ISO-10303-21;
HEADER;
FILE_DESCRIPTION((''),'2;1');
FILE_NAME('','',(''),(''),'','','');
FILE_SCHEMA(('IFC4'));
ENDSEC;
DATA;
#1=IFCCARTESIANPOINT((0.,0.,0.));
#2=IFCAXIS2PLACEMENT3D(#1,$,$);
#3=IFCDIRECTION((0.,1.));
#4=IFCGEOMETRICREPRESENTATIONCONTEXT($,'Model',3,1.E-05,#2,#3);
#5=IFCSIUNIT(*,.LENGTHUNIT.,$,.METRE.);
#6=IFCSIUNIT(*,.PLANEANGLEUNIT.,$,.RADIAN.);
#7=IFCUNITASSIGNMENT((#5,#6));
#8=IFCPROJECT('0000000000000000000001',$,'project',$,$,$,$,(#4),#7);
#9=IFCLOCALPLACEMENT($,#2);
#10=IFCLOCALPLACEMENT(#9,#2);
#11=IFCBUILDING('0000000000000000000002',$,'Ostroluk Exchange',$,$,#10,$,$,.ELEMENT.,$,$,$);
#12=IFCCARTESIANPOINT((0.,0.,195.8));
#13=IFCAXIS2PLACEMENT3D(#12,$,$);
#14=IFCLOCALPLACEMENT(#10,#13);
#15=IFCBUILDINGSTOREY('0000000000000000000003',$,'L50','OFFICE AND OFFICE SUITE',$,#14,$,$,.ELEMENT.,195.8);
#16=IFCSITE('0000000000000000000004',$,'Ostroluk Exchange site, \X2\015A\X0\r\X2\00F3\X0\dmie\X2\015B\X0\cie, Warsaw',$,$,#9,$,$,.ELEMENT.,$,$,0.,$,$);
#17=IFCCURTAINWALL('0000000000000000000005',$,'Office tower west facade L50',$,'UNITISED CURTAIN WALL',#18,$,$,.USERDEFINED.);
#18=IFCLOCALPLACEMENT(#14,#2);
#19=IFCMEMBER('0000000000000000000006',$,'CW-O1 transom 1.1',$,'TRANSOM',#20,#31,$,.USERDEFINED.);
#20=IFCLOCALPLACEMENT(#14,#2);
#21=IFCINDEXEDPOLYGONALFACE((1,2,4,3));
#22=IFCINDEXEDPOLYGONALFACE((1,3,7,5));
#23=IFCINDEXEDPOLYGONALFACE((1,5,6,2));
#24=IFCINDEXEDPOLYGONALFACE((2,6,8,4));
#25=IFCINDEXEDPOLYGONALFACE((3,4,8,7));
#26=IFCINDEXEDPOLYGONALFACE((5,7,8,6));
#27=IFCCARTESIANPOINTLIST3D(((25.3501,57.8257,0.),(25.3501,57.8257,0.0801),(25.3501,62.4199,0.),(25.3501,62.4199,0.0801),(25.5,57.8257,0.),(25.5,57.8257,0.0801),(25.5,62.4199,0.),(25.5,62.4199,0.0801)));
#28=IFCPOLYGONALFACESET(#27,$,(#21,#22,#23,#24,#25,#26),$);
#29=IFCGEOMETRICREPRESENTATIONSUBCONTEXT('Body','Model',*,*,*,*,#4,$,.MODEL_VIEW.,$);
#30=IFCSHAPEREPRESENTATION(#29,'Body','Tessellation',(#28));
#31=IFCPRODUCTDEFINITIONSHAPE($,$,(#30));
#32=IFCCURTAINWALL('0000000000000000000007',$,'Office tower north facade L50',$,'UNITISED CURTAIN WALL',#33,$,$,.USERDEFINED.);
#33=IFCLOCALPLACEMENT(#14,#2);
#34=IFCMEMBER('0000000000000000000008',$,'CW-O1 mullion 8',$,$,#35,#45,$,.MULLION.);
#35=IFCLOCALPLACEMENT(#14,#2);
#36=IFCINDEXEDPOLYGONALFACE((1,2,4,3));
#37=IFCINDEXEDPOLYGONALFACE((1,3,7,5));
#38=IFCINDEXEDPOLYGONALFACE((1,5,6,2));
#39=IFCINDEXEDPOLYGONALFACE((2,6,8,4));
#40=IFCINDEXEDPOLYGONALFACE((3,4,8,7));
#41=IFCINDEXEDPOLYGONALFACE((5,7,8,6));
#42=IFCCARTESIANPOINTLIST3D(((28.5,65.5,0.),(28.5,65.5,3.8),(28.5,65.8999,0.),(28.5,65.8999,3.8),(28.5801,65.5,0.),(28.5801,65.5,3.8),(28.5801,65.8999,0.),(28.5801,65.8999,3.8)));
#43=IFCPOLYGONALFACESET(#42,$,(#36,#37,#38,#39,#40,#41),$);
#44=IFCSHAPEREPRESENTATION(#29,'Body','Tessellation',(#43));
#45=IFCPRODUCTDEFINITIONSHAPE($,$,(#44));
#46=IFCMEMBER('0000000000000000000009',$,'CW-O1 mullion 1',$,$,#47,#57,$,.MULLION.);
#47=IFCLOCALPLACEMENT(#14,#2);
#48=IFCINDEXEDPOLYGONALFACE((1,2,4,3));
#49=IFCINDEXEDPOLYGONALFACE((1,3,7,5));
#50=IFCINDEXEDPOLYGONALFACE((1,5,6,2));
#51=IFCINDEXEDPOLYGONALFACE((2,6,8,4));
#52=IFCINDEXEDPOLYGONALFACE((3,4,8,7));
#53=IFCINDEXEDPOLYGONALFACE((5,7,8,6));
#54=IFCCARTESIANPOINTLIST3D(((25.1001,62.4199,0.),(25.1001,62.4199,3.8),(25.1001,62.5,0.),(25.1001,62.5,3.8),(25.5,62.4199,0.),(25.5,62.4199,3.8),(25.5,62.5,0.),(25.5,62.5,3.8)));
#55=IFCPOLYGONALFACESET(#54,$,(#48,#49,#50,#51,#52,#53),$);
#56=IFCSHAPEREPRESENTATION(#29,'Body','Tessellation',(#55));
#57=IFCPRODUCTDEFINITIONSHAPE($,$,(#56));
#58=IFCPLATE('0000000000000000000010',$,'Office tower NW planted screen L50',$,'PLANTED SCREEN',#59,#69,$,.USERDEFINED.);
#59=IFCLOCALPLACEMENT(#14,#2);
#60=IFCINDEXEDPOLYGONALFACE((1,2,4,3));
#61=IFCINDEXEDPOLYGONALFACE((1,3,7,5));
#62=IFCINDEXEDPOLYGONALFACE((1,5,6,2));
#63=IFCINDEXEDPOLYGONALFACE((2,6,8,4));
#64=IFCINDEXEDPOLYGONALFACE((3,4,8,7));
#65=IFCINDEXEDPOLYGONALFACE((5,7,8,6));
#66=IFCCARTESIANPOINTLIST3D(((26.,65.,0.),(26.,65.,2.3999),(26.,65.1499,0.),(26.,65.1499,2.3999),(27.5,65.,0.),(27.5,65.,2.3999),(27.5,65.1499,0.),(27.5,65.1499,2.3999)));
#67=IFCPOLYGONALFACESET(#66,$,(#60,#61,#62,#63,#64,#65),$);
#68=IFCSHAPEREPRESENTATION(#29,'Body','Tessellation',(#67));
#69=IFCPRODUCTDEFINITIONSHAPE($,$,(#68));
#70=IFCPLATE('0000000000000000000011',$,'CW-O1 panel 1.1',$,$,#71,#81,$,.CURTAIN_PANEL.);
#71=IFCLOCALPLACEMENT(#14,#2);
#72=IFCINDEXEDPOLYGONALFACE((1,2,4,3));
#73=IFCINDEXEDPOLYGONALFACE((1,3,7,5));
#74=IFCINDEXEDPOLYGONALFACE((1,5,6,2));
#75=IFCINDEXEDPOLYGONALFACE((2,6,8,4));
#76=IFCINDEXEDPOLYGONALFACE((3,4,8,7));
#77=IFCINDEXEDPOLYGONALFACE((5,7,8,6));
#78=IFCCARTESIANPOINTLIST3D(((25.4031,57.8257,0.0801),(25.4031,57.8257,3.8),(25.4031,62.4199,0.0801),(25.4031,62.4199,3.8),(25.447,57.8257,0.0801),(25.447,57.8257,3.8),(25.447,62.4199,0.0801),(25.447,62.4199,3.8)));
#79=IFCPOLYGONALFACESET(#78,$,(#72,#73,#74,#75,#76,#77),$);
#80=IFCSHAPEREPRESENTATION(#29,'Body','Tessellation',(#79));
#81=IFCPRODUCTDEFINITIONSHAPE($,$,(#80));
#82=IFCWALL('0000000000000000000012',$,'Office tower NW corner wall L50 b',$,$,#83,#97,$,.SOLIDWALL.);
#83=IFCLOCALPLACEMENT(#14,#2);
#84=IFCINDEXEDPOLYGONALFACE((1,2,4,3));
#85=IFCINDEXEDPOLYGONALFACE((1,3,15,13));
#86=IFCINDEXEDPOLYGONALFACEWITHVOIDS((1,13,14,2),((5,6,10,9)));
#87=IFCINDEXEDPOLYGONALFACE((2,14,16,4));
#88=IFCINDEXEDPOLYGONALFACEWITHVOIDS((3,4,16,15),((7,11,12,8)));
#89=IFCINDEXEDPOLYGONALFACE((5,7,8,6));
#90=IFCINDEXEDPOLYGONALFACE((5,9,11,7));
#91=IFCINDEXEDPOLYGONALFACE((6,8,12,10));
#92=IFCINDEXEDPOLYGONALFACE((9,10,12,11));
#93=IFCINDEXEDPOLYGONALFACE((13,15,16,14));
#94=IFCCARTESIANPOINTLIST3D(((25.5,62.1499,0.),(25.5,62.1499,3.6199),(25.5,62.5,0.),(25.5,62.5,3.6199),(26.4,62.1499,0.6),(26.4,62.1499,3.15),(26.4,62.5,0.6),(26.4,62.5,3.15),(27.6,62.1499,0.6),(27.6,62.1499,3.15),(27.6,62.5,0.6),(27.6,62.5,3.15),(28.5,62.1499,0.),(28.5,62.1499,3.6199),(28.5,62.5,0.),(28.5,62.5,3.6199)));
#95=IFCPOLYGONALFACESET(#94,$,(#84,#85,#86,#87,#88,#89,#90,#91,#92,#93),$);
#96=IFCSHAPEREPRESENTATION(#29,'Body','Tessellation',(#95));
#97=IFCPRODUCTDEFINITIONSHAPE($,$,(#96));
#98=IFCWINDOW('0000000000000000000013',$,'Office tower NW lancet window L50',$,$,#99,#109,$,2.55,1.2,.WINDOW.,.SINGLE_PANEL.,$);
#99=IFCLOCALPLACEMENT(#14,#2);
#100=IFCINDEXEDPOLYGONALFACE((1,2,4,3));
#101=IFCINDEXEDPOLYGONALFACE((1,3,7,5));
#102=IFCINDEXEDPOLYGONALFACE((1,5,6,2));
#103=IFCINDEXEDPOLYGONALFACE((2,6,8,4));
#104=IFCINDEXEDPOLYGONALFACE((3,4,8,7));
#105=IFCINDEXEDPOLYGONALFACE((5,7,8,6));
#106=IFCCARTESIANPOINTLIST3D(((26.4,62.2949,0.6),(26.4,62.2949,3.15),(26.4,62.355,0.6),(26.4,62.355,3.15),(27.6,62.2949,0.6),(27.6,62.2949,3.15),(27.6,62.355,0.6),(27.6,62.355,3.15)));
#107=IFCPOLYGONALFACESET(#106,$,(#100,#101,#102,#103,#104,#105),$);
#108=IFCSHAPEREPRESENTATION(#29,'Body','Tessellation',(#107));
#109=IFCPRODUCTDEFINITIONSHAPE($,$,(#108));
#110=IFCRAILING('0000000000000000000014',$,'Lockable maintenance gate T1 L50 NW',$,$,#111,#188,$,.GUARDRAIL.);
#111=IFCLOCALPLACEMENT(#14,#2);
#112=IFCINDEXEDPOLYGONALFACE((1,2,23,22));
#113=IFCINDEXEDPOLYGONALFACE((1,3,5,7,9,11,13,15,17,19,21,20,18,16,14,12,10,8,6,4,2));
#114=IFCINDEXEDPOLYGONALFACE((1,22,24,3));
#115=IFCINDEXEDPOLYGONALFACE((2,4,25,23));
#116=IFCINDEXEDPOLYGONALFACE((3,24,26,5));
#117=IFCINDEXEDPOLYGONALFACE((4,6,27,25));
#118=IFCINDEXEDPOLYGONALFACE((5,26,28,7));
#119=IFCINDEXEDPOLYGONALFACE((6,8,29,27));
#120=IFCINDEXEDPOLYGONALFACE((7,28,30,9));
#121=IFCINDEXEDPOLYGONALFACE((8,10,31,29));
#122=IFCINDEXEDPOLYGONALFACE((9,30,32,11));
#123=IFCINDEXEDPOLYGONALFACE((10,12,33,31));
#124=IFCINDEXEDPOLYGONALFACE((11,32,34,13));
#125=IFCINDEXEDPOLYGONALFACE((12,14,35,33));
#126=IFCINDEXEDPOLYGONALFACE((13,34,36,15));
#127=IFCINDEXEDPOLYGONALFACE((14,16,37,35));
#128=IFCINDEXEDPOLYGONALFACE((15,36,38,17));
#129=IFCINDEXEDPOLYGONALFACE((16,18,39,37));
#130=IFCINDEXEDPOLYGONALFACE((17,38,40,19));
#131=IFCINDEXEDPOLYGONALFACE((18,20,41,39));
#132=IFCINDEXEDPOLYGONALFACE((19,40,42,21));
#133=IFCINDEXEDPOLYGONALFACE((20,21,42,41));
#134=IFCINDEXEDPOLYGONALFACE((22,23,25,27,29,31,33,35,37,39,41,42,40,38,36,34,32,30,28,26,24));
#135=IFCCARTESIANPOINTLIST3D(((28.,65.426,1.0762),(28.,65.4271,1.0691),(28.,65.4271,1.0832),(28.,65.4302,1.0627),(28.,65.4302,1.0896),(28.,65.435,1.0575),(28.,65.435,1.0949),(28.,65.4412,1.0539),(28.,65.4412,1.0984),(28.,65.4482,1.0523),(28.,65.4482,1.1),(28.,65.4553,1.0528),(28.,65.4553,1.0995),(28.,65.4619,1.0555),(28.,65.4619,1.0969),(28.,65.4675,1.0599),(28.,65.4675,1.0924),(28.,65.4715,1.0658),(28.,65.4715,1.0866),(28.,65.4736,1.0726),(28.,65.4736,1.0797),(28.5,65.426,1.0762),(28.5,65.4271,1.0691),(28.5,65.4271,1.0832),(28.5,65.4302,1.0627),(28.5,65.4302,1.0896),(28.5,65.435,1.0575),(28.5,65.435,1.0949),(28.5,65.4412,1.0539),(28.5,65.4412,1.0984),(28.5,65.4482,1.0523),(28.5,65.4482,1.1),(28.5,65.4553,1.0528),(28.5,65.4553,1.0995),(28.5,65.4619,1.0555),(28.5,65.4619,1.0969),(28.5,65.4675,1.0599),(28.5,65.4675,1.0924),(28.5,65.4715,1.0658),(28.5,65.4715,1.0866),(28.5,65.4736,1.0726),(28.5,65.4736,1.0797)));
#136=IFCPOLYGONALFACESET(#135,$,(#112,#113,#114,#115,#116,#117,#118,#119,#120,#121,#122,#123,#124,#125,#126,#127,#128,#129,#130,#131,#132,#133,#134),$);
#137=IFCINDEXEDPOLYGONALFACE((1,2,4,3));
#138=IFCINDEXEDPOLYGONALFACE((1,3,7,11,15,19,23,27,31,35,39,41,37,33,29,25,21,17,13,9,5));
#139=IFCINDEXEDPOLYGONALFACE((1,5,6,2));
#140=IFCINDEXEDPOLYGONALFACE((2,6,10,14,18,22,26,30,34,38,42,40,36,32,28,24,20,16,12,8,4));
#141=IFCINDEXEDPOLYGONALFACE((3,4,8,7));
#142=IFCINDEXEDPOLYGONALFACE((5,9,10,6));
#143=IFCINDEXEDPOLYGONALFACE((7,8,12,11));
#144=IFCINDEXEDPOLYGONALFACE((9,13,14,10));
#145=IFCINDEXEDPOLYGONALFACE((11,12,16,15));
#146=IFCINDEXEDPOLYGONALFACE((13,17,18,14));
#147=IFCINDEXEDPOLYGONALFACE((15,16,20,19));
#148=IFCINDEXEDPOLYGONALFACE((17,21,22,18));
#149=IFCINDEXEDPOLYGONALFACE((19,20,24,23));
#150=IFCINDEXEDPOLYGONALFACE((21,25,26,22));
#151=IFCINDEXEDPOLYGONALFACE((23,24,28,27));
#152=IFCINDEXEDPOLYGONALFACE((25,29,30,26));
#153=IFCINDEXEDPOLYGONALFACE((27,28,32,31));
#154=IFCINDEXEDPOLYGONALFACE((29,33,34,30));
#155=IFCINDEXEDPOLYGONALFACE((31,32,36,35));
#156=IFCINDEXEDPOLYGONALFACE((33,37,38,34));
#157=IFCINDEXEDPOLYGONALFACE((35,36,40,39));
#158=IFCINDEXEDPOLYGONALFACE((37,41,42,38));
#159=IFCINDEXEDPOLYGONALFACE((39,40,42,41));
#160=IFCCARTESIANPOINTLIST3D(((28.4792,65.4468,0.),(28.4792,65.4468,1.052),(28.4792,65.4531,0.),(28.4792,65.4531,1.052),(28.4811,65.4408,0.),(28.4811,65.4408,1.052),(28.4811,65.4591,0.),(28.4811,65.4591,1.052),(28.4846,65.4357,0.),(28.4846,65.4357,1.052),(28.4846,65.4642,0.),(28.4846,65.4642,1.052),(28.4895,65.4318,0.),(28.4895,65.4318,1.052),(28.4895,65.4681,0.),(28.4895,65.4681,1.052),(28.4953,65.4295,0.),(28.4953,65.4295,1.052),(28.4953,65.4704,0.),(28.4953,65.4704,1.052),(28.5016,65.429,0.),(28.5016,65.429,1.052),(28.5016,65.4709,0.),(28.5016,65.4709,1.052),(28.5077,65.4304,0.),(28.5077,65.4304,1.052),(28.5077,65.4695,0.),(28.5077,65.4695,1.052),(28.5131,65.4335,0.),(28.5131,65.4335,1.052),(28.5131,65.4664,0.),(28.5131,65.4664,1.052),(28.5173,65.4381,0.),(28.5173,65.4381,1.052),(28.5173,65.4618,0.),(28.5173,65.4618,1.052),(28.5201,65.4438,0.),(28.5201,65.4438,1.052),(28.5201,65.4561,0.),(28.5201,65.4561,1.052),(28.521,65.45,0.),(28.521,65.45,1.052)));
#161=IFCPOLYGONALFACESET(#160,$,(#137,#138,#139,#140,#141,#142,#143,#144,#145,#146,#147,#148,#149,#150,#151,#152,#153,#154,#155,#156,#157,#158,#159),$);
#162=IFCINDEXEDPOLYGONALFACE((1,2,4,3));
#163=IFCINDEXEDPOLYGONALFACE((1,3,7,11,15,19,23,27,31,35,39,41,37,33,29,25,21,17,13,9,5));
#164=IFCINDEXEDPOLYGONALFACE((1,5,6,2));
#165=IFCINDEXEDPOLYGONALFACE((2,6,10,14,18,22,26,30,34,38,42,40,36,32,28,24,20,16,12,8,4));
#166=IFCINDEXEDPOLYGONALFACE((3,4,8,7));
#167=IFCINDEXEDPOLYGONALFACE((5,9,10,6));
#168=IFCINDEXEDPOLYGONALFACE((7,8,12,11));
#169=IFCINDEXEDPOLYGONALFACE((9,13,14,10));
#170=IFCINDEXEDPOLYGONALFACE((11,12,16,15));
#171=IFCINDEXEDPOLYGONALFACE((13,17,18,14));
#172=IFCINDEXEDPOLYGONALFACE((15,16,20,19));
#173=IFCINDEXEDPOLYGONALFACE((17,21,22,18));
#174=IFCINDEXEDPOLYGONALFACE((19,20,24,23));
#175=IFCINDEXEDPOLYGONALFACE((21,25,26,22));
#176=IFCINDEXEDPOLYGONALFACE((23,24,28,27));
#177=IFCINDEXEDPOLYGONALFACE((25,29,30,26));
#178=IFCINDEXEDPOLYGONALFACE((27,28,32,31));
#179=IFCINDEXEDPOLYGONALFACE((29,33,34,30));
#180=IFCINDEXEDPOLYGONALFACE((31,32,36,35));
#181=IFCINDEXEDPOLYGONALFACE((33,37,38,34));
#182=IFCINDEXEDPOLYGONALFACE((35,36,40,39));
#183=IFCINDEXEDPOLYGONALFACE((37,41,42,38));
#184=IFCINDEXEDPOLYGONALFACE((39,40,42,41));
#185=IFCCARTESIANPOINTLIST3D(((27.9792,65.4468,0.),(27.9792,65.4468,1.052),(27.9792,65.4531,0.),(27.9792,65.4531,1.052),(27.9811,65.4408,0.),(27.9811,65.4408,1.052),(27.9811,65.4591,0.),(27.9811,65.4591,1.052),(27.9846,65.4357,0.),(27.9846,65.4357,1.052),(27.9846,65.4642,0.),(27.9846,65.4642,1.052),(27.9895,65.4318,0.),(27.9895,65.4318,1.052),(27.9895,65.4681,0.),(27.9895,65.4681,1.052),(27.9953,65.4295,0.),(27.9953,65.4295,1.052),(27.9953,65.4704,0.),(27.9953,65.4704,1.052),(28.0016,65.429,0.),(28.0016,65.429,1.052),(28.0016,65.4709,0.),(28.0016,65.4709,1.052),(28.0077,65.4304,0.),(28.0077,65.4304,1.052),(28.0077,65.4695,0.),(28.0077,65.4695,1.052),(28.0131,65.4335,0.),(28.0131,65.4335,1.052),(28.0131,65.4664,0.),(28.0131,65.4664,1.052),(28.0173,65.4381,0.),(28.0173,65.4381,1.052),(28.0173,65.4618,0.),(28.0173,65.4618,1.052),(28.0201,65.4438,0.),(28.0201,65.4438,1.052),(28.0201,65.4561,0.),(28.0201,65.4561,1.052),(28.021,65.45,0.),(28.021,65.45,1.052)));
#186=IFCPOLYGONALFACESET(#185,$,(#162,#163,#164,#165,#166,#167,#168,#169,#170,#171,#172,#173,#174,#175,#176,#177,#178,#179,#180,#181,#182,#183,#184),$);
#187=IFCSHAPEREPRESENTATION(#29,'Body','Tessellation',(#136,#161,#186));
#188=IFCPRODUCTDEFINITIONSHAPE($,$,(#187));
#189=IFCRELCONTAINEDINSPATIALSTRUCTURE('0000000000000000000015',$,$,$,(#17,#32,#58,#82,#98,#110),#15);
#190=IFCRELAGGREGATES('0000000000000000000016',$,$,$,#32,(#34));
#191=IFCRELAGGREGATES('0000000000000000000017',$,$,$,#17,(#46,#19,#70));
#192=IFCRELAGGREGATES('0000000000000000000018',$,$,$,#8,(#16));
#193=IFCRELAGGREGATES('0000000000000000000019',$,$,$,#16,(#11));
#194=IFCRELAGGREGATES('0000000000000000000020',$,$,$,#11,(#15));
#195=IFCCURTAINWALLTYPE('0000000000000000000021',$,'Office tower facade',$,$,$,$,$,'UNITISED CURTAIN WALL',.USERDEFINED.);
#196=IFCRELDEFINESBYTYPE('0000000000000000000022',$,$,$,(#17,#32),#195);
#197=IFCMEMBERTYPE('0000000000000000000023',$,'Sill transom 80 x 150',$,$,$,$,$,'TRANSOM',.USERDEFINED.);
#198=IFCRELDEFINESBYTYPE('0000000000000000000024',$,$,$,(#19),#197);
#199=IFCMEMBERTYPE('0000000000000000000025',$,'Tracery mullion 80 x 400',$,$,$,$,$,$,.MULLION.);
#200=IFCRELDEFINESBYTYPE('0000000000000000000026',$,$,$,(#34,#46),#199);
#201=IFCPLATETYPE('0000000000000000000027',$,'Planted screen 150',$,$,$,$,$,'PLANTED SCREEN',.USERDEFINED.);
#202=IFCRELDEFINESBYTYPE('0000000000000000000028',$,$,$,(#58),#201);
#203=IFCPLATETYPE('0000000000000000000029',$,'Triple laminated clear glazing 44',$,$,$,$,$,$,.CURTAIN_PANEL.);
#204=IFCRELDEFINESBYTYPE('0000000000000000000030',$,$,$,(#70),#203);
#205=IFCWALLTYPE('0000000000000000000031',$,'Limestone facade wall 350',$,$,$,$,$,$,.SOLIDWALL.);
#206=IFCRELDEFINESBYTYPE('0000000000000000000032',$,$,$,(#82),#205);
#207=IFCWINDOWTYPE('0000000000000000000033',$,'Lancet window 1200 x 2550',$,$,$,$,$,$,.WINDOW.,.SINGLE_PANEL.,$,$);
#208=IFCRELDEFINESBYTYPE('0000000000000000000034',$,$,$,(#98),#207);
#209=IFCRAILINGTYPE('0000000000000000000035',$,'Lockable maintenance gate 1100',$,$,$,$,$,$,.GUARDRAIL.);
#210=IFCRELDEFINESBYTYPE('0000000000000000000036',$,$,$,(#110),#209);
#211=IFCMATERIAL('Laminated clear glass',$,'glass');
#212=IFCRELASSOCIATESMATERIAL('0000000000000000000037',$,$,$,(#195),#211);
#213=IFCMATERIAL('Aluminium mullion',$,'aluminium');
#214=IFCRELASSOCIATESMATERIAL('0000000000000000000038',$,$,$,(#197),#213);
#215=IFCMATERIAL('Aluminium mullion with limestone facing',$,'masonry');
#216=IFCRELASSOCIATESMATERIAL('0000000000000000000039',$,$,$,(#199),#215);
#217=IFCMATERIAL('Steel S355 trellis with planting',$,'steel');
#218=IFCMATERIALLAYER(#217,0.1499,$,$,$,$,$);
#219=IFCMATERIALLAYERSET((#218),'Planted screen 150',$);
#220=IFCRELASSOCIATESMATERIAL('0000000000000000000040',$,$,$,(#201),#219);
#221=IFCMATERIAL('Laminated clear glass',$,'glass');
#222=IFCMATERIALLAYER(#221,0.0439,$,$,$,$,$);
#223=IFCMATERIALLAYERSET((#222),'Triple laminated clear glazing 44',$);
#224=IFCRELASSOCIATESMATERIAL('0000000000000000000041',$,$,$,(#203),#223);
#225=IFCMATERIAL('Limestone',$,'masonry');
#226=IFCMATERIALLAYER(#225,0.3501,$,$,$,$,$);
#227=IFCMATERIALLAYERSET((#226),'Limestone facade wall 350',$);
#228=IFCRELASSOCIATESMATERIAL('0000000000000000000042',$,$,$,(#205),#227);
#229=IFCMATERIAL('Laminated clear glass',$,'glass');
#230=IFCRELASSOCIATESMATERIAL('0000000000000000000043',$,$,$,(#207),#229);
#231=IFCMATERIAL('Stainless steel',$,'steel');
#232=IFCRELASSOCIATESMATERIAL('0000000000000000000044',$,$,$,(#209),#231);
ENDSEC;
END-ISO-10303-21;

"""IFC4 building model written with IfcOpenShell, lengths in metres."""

from ifc_helpers import new_model, si_unit, direction, frame, frame_2d, origin, origin_2d, place, context, subcontext, project, spatial, rectangle, circle, extrude, material, layer, layer_set, material_profile, profile_set, type_object, element, fill, aggregate, save


model = new_model("IFC4")

# Units and contexts
model_context = context("Model", 3, precision=1e-05, world=origin(), true_north=direction((0.0, 1.0)))
body_context = subcontext(model_context, "Body", "Model", "MODEL_VIEW")
ifc_project = project(units=[si_unit("LENGTHUNIT", "METRE"), si_unit("PLANEANGLEUNIT", "RADIAN")], contexts=[model_context])

# Site, building, storey
site_placement = place(None, origin())
site = spatial("IfcSite", under=ifc_project, at=site_placement, Name="Ostroluk Exchange site, Śródmieście, Warsaw", CompositionType="ELEMENT", RefElevation=0.0)
building_placement = place(site_placement, origin())
building = spatial("IfcBuilding", under=site, at=building_placement, Name="Ostroluk Exchange", CompositionType="ELEMENT")
storey_placement = place(building_placement, frame((0.0, 0.0, 195.8)))
storey = spatial("IfcBuildingStorey", under=building, at=storey_placement, Name="L50", Description="OFFICE AND OFFICE SUITE", CompositionType="ELEMENT", Elevation=195.8)

# Curtain walls, members
ifc_material_1 = material(Name="Laminated clear glass", Category="glass")
curtain_wall_type = type_object("IfcCurtainWallType", Name="Office tower facade", ElementType="UNITISED CURTAIN WALL", PredefinedType="USERDEFINED", material=ifc_material_1)
curtain_wall_1_placement = place(storey_placement, origin())
curtain_wall_1 = element("IfcCurtainWall", 1, at=curtain_wall_1_placement, inside=storey, type_object=curtain_wall_type, Name="Office tower west facade L50", ObjectType="UNITISED CURTAIN WALL", PredefinedType="USERDEFINED")
ifc_material_2 = material(Name="Aluminium mullion", Category="aluminium")
ifc_material_profile_1 = material_profile(ifc_material_2, rectangle(XDim=0.1499, YDim=0.0801, at=origin_2d()), Name="Sill transom 80 x 150")
ifc_profile_set_1 = profile_set([ifc_material_profile_1], Name="Aluminium mullion")
member_type_1 = type_object("IfcMemberType", Name="Sill transom 80 x 150", ElementType="TRANSOM", PredefinedType="USERDEFINED", material=ifc_profile_set_1)
member_1_placement = place(storey_placement, frame((25.425, 62.4199, 0.04), z_axis=(0.0, -1.0, 0.0), x_axis=(1.0, 0.0, 0.0)))
member_1 = element("IfcMember", 2, at=member_1_placement, type_object=member_type_1, Name="CW-O1 transom 1.1", ObjectType="TRANSOM", PredefinedType="USERDEFINED", context=body_context, shape_type="SweptSolid", body=[
    extrude(rectangle(XDim=0.1499, YDim=0.0801, at=origin_2d()), origin(), (0.0, 0.0, 1.0), 4.5942),
])
curtain_wall_2_placement = place(storey_placement, origin())
curtain_wall_2 = element("IfcCurtainWall", 3, at=curtain_wall_2_placement, inside=storey, type_object=curtain_wall_type, Name="Office tower north facade L50", ObjectType="UNITISED CURTAIN WALL", PredefinedType="USERDEFINED")
ifc_material_3 = material(Name="Aluminium mullion with limestone facing", Category="masonry")
ifc_material_profile_2 = material_profile(ifc_material_3, rectangle(XDim=0.3999, YDim=0.0801, at=origin_2d()), Name="Tracery mullion 80 x 400")
ifc_profile_set_2 = profile_set([ifc_material_profile_2], Name="Aluminium mullion with limestone facing")
member_type_2 = type_object("IfcMemberType", Name="Tracery mullion 80 x 400", PredefinedType="MULLION", material=ifc_profile_set_2)
member_2_placement = place(storey_placement, frame((28.54, 65.7, 0.0), z_axis=(0.0, 0.0, 1.0), x_axis=(0.0, -1.0, 0.0)))
member_2 = element("IfcMember", 4, at=member_2_placement, type_object=member_type_2, Name="CW-O1 mullion 8", PredefinedType="MULLION", context=body_context, shape_type="SweptSolid", body=[
    extrude(rectangle(XDim=0.3999, YDim=0.0801, at=origin_2d()), origin(), (0.0, 0.0, 1.0), 3.8),
])
aggregate(curtain_wall_2, [member_2])

# Member
member_3_placement = place(storey_placement, frame((25.3, 62.46, 0.0), z_axis=(0.0, 0.0, 1.0), x_axis=(1.0, 0.0, 0.0)))
member_3 = element("IfcMember", 5, at=member_3_placement, type_object=member_type_2, Name="CW-O1 mullion 1", PredefinedType="MULLION", context=body_context, shape_type="SweptSolid", body=[
    extrude(rectangle(XDim=0.3999, YDim=0.0801, at=origin_2d()), origin(), (0.0, 0.0, 1.0), 3.8),
])

# Plates
ifc_material_4 = material(Name="Steel S355 trellis with planting", Category="steel")
ifc_layer_1 = layer(ifc_material_4, 0.1499)
ifc_layer_set_1 = layer_set([ifc_layer_1], Name="Planted screen 150")
plate_type_1 = type_object("IfcPlateType", Name="Planted screen 150", ElementType="PLANTED SCREEN", PredefinedType="USERDEFINED", material=ifc_layer_set_1)
plate_1_placement = place(storey_placement, frame((26.75, 65.075, 0.0), z_axis=(0.0, 0.0, 1.0), x_axis=(1.0, 0.0, 0.0)))
element("IfcPlate", 6, at=plate_1_placement, inside=storey, type_object=plate_type_1, Name="Office tower NW planted screen L50", ObjectType="PLANTED SCREEN", PredefinedType="USERDEFINED", context=body_context, shape_type="SweptSolid", body=[
    extrude(rectangle(XDim=1.5, YDim=0.1499, at=origin_2d()), origin(), (0.0, 0.0, 1.0), 2.3999),
])
ifc_material_5 = material(Name="Laminated clear glass", Category="glass")
ifc_layer_2 = layer(ifc_material_5, 0.0439)
ifc_layer_set_2 = layer_set([ifc_layer_2], Name="Triple laminated clear glazing 44")
plate_type_2 = type_object("IfcPlateType", Name="Triple laminated clear glazing 44", PredefinedType="CURTAIN_PANEL", material=ifc_layer_set_2)
plate_2_placement = place(storey_placement, frame((25.425, 60.1228, 0.0801), z_axis=(0.0, 0.0, 1.0), x_axis=(0.0, -1.0, 0.0)))
plate_2 = element("IfcPlate", 7, at=plate_2_placement, type_object=plate_type_2, Name="CW-O1 panel 1.1", PredefinedType="CURTAIN_PANEL", context=body_context, shape_type="SweptSolid", body=[
    extrude(rectangle(XDim=4.5942, YDim=0.0439, at=origin_2d()), origin(), (0.0, 0.0, 1.0), 3.72),
])
aggregate(curtain_wall_1, [member_3, member_1, plate_2])

# Shared definitions
ifc_material_6 = material(Name="Limestone", Category="masonry")
ifc_layer_3 = layer(ifc_material_6, 0.3501)
ifc_layer_set_3 = layer_set([ifc_layer_3], Name="Limestone facade wall 350")
wall_type = type_object("IfcWallType", Name="Limestone facade wall 350", PredefinedType="SOLIDWALL", material=ifc_layer_set_3)

# Wall, opening, window
wall_1_placement = place(storey_placement, frame((28.5, 62.325, 0.0), z_axis=(0.0, 0.0, 1.0), x_axis=(-1.0, 0.0, 0.0)))
wall_1 = element("IfcWall", 8, at=wall_1_placement, inside=storey, type_object=wall_type, Name="Office tower NW corner wall L50 b", PredefinedType="SOLIDWALL", context=body_context, shape_type="SweptSolid", body=[
    extrude(rectangle(XDim=3.0, YDim=0.3501, at=frame_2d((1.5, 0.0))), origin(), (0.0, 0.0, 1.0), 3.6199),
])
opening_1_placement = place(wall_1_placement, frame((0.8999, 0.0, 0.6001)))
opening_1 = element("IfcOpeningElement", 9, at=opening_1_placement, cuts=wall_1, PredefinedType="OPENING", context=body_context, shape_type="SweptSolid", body=[
    extrude(rectangle(XDim=1.2, YDim=2.55, at=frame_2d((0.6001, 1.2749))), frame((0.0, 0.1851, 0.0), z_axis=(0.0, -1.0, 0.0), x_axis=(1.0, 0.0, 0.0)), (0.0, 0.0, 1.0), 0.3701),
])
ifc_material_7 = material(Name="Laminated clear glass", Category="glass")
window_type = type_object("IfcWindowType", Name="Lancet window 1200 x 2550", PartitioningType="SINGLE_PANEL", PredefinedType="WINDOW", material=ifc_material_7)
window_placement = place(opening_1_placement, origin())
window = element("IfcWindow", 10, at=window_placement, inside=storey, type_object=window_type, Name="Office tower NW lancet window L50", OverallHeight=2.55, OverallWidth=1.2, PartitioningType="SINGLE_PANEL", PredefinedType="WINDOW", context=body_context, shape_type="SweptSolid", body=[
    extrude(rectangle(XDim=1.2, YDim=2.55, at=frame_2d((0.6001, 1.2749))), frame((0.0, 0.03, 0.0), z_axis=(0.0, -1.0, 0.0), x_axis=(1.0, 0.0, 0.0)), (0.0, 0.0, 1.0), 0.0601),
])
fill(opening_1, window)

# Railing
ifc_material_8 = material(Name="Stainless steel", Category="steel")
railing_type_1 = type_object("IfcRailingType", Name="Lockable maintenance gate 1100", PredefinedType="GUARDRAIL", material=ifc_material_8)
railing_1_placement = place(storey_placement, frame((28.5, 65.45, 0.0)))
element("IfcRailing", 11, at=railing_1_placement, inside=storey, type_object=railing_type_1, Name="Lockable maintenance gate T1 L50 NW", PredefinedType="GUARDRAIL", context=body_context, shape_type="SweptSolid", body=[
    extrude(circle(Radius=0.0239, at=origin_2d()), frame((0.0, 0.0, 1.0762), z_axis=(-1.0, 0.0, 0.0), x_axis=(0.0, -1.0, 0.0)), (0.0, 0.0, 1.0), 0.5),
    extrude(circle(Radius=0.021, at=origin_2d()), origin(), (0.0, 0.0, 1.0), 1.052),
    extrude(circle(Radius=0.021, at=origin_2d()), frame((-0.5, 0.0, 0.0)), (0.0, 0.0, 1.0), 1.052),
])

save(model, "model.ifc")
